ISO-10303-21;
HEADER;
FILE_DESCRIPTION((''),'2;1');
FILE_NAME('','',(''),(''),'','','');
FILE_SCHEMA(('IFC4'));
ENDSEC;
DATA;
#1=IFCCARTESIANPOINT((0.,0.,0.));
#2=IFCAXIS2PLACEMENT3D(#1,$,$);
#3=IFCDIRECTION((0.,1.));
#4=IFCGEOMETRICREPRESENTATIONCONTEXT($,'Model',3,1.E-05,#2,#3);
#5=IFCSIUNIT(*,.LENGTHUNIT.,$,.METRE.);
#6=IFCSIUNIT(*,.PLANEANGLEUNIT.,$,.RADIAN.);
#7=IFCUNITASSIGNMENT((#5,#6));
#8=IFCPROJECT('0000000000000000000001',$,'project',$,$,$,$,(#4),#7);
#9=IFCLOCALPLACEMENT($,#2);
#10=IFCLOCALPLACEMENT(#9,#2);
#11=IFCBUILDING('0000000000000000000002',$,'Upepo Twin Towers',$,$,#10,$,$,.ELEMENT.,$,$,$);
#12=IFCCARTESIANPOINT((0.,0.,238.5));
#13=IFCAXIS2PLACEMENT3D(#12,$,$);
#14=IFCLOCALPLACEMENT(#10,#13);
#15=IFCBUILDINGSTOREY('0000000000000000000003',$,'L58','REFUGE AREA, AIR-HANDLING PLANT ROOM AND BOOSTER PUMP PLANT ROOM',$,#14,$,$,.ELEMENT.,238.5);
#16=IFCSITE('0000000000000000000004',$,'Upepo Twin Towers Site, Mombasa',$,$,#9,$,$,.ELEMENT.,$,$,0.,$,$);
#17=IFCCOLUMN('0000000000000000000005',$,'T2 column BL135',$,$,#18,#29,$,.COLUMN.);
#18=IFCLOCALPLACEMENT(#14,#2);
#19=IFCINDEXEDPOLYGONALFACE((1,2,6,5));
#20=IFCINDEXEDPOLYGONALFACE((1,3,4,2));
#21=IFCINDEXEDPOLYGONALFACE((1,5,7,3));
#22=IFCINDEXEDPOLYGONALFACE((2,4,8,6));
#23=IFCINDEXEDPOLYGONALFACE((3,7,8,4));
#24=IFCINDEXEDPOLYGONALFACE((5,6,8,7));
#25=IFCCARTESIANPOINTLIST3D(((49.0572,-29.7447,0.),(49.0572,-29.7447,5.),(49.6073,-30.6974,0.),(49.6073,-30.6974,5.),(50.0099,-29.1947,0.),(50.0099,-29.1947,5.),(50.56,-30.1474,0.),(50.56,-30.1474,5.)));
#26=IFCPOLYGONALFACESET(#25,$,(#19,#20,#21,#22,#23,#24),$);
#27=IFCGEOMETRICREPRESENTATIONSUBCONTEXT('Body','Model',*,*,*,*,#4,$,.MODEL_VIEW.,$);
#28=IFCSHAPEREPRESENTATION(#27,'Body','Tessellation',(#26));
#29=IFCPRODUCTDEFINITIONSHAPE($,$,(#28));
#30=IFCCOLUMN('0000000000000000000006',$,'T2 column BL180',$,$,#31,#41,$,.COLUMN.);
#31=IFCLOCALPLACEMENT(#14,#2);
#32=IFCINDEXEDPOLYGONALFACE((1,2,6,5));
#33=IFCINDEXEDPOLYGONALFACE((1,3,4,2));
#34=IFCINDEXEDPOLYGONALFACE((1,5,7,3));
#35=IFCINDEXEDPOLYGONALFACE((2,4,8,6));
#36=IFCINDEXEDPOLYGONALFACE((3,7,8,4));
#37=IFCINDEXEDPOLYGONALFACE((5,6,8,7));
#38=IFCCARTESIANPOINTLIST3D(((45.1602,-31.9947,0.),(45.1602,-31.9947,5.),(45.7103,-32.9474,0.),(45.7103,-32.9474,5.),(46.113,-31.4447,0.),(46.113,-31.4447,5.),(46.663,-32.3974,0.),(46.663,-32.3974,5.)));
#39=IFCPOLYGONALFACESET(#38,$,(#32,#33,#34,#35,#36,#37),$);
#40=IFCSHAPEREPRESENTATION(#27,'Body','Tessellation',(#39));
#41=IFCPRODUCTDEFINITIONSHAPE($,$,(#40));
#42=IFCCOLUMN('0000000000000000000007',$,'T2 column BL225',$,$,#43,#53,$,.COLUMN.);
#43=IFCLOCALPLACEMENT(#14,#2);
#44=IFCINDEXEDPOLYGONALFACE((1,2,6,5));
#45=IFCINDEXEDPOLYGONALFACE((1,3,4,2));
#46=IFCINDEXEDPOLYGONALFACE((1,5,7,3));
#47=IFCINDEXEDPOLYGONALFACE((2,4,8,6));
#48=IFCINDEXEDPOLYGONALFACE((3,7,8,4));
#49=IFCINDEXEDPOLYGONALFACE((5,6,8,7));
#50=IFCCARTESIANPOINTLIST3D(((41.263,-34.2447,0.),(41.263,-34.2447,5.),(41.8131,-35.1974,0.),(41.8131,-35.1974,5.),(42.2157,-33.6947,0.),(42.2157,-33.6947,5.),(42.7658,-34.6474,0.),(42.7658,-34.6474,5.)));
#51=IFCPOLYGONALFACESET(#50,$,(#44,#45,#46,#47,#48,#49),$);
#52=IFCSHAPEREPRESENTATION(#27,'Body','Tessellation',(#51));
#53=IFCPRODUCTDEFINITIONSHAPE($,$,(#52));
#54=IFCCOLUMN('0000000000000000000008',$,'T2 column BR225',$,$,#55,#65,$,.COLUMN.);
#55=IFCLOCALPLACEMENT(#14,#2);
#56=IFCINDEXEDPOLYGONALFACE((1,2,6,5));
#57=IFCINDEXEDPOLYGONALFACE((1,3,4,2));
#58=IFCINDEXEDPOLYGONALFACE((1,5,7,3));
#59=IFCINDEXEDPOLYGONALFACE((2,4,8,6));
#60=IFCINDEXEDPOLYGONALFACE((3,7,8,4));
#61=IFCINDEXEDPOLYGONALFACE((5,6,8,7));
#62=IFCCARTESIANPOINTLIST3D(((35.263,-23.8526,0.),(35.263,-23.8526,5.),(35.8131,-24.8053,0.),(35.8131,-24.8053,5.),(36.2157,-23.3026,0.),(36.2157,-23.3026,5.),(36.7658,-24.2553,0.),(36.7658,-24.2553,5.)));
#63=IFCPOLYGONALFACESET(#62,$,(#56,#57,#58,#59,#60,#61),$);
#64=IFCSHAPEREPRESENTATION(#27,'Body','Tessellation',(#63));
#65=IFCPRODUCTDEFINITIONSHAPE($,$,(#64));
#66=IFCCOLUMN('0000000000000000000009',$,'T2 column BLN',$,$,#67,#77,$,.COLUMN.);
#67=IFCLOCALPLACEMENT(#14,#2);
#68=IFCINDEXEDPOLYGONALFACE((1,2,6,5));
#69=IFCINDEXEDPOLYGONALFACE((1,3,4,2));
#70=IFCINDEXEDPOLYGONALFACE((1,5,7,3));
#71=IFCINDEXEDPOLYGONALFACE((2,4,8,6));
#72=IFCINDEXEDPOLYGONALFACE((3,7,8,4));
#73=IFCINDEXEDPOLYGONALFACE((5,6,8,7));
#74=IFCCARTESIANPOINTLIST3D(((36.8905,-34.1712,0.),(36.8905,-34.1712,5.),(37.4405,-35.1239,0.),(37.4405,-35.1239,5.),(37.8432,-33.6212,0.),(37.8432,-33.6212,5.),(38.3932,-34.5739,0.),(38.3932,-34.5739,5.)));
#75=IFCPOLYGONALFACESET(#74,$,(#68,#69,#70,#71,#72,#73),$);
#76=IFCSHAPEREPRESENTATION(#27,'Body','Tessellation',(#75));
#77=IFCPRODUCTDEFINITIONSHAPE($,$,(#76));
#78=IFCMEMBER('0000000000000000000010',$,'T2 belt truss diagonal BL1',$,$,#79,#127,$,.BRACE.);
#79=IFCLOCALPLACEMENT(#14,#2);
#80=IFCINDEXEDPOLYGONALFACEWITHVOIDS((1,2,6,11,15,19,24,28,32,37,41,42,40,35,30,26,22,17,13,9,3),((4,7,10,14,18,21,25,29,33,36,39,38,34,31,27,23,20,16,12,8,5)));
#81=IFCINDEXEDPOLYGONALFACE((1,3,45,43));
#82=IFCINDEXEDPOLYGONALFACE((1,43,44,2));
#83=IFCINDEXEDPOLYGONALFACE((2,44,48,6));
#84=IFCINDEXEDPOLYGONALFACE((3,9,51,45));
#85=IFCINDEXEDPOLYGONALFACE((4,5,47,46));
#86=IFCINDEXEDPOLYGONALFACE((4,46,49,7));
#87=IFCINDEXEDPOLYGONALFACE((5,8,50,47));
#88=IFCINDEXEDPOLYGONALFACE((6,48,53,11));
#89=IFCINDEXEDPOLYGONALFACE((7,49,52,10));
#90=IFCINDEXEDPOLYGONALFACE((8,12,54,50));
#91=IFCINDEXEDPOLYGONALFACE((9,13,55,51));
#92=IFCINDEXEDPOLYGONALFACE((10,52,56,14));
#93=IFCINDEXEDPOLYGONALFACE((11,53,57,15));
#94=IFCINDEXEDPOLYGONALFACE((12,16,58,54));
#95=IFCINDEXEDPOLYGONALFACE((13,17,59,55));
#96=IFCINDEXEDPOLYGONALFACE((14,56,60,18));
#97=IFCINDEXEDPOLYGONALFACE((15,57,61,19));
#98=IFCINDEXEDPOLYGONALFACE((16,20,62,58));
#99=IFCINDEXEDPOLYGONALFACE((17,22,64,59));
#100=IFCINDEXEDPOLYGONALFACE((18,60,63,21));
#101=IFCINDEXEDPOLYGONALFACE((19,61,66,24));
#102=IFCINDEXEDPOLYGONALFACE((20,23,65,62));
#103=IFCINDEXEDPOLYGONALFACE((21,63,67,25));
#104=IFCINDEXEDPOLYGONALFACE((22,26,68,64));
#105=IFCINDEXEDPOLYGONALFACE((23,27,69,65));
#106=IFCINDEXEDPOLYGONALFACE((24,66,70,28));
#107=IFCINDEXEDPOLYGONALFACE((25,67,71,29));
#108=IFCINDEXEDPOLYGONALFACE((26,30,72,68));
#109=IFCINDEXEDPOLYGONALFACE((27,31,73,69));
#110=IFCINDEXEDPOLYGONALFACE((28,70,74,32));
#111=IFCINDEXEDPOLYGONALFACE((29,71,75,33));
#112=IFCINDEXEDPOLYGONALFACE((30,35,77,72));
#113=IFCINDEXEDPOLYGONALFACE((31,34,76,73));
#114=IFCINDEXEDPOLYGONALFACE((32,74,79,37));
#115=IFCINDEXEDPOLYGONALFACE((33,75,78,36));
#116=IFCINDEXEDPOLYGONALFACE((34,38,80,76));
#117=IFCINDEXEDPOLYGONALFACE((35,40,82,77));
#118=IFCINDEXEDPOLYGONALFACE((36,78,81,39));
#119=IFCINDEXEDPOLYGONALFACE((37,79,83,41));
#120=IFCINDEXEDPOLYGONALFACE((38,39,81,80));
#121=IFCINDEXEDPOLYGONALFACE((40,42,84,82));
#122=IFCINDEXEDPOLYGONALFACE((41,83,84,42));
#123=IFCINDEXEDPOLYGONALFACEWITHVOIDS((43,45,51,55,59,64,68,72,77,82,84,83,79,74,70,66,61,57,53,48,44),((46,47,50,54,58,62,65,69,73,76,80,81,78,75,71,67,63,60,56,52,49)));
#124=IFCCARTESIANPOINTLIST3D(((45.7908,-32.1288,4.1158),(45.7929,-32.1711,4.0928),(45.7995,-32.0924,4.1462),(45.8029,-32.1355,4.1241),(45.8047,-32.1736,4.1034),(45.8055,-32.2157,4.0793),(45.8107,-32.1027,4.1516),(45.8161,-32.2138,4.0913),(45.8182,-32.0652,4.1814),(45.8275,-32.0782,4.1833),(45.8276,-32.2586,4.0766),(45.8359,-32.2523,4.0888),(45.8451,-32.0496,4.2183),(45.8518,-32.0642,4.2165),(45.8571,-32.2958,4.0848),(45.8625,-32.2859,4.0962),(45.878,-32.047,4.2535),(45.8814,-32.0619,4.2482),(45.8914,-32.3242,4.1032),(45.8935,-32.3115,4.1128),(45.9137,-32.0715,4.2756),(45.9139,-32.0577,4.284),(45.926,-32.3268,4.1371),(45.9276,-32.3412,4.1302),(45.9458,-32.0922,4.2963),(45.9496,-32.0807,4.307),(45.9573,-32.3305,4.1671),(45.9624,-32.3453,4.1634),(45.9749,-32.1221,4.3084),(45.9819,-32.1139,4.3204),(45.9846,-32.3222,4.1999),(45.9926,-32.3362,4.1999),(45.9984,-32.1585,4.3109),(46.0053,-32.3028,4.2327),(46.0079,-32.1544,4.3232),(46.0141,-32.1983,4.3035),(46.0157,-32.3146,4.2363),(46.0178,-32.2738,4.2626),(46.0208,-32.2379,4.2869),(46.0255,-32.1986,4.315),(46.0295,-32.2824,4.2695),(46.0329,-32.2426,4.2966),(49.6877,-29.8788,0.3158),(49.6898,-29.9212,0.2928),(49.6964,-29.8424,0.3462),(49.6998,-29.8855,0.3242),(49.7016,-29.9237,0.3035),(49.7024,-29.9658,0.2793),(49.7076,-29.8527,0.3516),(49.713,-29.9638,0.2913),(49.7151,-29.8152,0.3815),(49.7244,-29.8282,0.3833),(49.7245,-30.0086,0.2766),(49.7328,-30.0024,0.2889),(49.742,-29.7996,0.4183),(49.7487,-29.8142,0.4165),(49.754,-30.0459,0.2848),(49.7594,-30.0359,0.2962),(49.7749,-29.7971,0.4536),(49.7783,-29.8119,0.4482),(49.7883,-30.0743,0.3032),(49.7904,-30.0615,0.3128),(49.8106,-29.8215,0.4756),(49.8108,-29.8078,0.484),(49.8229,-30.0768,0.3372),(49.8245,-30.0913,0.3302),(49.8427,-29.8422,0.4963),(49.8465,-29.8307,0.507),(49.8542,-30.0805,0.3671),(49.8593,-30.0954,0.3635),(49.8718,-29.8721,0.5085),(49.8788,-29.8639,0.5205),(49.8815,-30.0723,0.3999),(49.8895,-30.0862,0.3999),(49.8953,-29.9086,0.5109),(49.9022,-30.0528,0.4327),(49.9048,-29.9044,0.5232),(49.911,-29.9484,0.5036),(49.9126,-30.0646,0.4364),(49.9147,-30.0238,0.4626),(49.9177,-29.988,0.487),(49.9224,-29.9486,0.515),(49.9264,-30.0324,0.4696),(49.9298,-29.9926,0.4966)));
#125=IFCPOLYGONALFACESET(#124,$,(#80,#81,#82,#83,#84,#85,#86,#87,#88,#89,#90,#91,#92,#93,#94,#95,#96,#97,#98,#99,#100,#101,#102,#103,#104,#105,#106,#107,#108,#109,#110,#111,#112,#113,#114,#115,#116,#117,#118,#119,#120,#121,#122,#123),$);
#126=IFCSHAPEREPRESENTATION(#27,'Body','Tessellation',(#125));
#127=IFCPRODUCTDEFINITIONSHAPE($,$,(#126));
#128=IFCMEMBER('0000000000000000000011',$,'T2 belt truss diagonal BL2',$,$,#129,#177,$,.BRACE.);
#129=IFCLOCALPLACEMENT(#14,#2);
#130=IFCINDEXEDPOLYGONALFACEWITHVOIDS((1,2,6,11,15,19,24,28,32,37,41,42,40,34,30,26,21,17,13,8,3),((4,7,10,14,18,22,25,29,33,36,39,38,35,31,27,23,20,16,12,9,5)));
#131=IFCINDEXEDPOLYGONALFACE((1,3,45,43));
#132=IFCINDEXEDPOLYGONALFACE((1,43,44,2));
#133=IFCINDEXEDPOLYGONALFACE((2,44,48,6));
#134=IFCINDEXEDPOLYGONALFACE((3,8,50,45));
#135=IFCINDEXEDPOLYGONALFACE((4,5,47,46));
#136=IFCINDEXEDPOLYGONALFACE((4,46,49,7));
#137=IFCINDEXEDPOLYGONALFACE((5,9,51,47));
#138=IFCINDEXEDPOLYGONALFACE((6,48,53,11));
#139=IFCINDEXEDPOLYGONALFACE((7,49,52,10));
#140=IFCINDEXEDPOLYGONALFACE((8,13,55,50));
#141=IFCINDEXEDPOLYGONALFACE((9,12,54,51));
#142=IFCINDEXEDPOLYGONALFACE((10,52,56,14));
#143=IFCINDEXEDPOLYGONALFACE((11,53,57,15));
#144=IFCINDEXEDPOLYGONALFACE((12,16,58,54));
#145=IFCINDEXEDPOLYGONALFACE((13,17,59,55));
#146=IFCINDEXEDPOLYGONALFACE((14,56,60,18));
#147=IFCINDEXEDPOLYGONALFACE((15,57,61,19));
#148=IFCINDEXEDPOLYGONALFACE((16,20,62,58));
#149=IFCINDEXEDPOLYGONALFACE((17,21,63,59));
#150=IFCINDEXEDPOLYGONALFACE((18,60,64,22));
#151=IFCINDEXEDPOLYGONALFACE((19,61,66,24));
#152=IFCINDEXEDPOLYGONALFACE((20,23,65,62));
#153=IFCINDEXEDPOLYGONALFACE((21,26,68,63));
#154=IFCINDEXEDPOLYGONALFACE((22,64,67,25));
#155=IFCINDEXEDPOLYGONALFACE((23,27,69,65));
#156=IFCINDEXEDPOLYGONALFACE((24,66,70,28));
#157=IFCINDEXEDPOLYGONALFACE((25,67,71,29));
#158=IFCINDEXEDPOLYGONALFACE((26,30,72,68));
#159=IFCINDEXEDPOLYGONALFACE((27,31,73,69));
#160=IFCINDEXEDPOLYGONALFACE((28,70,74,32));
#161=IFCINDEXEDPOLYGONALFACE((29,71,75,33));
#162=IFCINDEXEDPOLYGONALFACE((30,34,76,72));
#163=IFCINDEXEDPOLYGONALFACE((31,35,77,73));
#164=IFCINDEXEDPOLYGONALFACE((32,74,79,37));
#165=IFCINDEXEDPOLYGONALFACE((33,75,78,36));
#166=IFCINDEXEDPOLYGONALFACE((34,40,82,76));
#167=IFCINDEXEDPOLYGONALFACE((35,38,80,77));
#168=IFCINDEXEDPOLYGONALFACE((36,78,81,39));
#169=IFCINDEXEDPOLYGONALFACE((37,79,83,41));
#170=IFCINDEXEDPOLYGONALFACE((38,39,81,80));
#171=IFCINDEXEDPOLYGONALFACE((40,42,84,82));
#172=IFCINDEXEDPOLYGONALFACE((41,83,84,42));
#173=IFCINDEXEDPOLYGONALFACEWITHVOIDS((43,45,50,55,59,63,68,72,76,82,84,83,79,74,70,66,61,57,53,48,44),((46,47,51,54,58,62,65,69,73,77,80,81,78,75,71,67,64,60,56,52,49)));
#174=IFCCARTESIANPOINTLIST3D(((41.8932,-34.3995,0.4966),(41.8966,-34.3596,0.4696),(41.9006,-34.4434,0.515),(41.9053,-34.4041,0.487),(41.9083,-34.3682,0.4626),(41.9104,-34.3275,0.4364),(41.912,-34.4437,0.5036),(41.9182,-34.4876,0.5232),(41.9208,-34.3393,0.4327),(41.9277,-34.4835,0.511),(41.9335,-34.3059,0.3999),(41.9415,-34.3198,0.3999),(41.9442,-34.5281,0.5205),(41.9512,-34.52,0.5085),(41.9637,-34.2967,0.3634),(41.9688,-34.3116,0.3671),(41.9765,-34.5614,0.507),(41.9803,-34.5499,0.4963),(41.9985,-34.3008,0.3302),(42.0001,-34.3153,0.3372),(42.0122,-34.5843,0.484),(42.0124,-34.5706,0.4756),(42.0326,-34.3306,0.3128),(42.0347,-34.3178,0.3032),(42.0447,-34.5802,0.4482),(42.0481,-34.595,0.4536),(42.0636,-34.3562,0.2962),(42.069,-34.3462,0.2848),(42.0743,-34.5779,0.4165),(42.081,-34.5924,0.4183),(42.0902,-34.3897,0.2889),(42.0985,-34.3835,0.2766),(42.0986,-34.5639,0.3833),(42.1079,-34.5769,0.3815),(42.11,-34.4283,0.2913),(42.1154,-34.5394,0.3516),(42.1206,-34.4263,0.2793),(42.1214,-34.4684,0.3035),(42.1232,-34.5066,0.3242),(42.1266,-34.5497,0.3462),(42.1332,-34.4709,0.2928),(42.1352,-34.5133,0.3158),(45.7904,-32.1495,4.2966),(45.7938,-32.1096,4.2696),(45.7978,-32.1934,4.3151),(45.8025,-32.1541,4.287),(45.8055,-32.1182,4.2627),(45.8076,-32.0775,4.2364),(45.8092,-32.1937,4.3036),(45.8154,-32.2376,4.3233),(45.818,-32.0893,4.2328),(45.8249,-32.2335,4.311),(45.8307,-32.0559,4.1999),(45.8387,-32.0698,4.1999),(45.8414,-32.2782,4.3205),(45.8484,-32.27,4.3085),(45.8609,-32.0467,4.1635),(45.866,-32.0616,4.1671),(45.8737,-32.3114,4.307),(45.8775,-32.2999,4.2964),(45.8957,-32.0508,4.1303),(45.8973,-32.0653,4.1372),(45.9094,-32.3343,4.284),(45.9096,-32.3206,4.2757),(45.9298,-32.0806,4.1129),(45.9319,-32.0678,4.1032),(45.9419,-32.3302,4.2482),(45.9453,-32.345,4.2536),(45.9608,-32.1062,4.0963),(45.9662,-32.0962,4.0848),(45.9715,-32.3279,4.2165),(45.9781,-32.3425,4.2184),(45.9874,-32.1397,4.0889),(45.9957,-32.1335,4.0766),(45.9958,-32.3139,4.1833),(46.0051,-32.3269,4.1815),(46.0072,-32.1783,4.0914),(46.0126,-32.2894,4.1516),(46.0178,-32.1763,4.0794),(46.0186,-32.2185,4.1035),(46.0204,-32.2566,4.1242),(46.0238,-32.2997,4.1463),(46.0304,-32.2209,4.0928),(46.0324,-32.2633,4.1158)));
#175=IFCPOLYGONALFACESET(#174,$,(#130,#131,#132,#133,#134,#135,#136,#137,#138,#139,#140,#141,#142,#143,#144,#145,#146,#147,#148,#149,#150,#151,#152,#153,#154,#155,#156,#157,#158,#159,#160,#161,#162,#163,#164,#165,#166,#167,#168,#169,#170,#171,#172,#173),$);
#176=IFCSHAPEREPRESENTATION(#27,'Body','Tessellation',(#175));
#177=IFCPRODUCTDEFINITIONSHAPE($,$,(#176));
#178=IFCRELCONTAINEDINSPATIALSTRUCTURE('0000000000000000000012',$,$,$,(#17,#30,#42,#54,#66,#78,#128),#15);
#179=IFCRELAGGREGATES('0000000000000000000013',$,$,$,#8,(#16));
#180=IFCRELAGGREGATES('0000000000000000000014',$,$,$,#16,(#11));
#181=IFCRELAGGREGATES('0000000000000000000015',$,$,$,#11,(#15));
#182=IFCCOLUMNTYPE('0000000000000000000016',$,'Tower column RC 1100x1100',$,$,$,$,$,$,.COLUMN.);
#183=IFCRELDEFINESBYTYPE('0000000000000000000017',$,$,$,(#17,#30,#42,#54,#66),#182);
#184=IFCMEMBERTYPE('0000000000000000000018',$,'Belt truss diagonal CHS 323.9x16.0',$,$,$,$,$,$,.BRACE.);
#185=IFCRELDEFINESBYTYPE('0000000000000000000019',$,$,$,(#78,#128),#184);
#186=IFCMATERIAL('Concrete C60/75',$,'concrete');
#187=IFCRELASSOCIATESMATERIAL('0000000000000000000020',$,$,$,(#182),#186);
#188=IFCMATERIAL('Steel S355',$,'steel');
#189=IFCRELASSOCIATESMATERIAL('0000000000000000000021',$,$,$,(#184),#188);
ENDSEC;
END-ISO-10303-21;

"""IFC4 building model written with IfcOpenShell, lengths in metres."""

from ifc_helpers import new_model, si_unit, direction, frame, origin, origin_2d, place, context, subcontext, project, spatial, rectangle, hollow_circle, extrude, material, material_profile, profile_set, type_object, element, save


model = new_model("IFC4")

# Units and contexts
model_context = context("Model", 3, precision=1e-05, world=origin(), true_north=direction((0.0, 1.0)))
body_context = subcontext(model_context, "Body", "Model", "MODEL_VIEW")
ifc_project = project(units=[si_unit("LENGTHUNIT", "METRE"), si_unit("PLANEANGLEUNIT", "RADIAN")], contexts=[model_context])

# Site, building, storey
site_placement = place(None, origin())
site = spatial("IfcSite", under=ifc_project, at=site_placement, Name="Upepo Twin Towers Site, Mombasa", CompositionType="ELEMENT", RefElevation=0.0)
building_placement = place(site_placement, origin())
building = spatial("IfcBuilding", under=site, at=building_placement, Name="Upepo Twin Towers", CompositionType="ELEMENT")
storey_placement = place(building_placement, frame((0.0, 0.0, 238.5)))
storey = spatial("IfcBuildingStorey", under=building, at=storey_placement, Name="L58", Description="REFUGE AREA, AIR-HANDLING PLANT ROOM AND BOOSTER PUMP PLANT ROOM", CompositionType="ELEMENT", Elevation=238.5)

# Columns
ifc_material_1 = material(Name="Concrete C60/75", Category="concrete")
ifc_material_profile_1 = material_profile(ifc_material_1, rectangle(XDim=1.1001, YDim=1.1001, at=origin_2d()), Name="RC 1100x1100")
ifc_profile_set_1 = profile_set([ifc_material_profile_1], Name="Concrete C60/75")
column_type = type_object("IfcColumnType", Name="Tower column RC 1100x1100", PredefinedType="COLUMN", material=ifc_profile_set_1)
for number, where, z_axis, x_axis, name in (
    (1, (49.8086, -29.946, 0.0), (0.0, 0.0, 1.0), (0.866025, 0.5, 0.0), "T2 column BL135"),
    (2, (45.9116, -32.196, 0.0), (0.0, 0.0, 1.0), (0.866025, 0.5, 0.0), "T2 column BL180"),
    (3, (42.0144, -34.446, 0.0), (0.0, 0.0, 1.0), (0.866025, 0.5, 0.0), "T2 column BL225"),
    (4, (36.0144, -24.054, 0.0), (0.0, 0.0, 1.0), (0.866025, 0.5, 0.0), "T2 column BR225"),
    (5, (37.6418, -34.3726, 0.0), (0.0, 0.0, 1.0), (0.866025, 0.5, 0.0), "T2 column BLN"),
):
    element("IfcColumn", number, at=place(storey_placement, frame(where, z_axis=z_axis, x_axis=x_axis)), inside=storey, type_object=column_type, Name=name, PredefinedType="COLUMN", context=body_context, shape_type="SweptSolid", body=[
        extrude(rectangle(XDim=1.1001, YDim=1.1001, at=origin_2d()), origin(), (0.0, 0.0, 1.0), 5.0),
    ])

# Members
ifc_material_2 = material(Name="Steel S355", Category="steel")
ifc_material_profile_2 = material_profile(ifc_material_2, hollow_circle(Radius=0.1619, WallThickness=0.0161, at=origin_2d()), Name="CHS 323.9x16.0")
ifc_profile_set_2 = profile_set([ifc_material_profile_2], Name="Steel S355")
member_type = type_object("IfcMemberType", Name="Belt truss diagonal CHS 323.9x16.0", PredefinedType="BRACE", material=ifc_profile_set_2)
member_1_placement = place(storey_placement, frame((49.8086, -29.946, 0.3999), z_axis=(-0.661652, -0.382019, 0.645196), x_axis=(0.500014, -0.866018, 0.0)))
element("IfcMember", 6, at=member_1_placement, inside=storey, type_object=member_type, Name="T2 belt truss diagonal BL1", PredefinedType="BRACE", context=body_context, shape_type="SweptSolid", body=[
    extrude(hollow_circle(Radius=0.1619, WallThickness=0.0161, at=origin_2d()), origin(), (0.0, 0.0, 1.0), 5.8896),
])
member_2_placement = place(storey_placement, frame((42.0144, -34.446, 0.3999), z_axis=(0.661676, 0.382009, 0.645178), x_axis=(-0.49999, 0.866031, 0.0)))
element("IfcMember", 7, at=member_2_placement, inside=storey, type_object=member_type, Name="T2 belt truss diagonal BL2", PredefinedType="BRACE", context=body_context, shape_type="SweptSolid", body=[
    extrude(hollow_circle(Radius=0.1619, WallThickness=0.0161, at=origin_2d()), origin(), (0.0, 0.0, 1.0), 5.8899),
])

save(model, "model.ifc")
